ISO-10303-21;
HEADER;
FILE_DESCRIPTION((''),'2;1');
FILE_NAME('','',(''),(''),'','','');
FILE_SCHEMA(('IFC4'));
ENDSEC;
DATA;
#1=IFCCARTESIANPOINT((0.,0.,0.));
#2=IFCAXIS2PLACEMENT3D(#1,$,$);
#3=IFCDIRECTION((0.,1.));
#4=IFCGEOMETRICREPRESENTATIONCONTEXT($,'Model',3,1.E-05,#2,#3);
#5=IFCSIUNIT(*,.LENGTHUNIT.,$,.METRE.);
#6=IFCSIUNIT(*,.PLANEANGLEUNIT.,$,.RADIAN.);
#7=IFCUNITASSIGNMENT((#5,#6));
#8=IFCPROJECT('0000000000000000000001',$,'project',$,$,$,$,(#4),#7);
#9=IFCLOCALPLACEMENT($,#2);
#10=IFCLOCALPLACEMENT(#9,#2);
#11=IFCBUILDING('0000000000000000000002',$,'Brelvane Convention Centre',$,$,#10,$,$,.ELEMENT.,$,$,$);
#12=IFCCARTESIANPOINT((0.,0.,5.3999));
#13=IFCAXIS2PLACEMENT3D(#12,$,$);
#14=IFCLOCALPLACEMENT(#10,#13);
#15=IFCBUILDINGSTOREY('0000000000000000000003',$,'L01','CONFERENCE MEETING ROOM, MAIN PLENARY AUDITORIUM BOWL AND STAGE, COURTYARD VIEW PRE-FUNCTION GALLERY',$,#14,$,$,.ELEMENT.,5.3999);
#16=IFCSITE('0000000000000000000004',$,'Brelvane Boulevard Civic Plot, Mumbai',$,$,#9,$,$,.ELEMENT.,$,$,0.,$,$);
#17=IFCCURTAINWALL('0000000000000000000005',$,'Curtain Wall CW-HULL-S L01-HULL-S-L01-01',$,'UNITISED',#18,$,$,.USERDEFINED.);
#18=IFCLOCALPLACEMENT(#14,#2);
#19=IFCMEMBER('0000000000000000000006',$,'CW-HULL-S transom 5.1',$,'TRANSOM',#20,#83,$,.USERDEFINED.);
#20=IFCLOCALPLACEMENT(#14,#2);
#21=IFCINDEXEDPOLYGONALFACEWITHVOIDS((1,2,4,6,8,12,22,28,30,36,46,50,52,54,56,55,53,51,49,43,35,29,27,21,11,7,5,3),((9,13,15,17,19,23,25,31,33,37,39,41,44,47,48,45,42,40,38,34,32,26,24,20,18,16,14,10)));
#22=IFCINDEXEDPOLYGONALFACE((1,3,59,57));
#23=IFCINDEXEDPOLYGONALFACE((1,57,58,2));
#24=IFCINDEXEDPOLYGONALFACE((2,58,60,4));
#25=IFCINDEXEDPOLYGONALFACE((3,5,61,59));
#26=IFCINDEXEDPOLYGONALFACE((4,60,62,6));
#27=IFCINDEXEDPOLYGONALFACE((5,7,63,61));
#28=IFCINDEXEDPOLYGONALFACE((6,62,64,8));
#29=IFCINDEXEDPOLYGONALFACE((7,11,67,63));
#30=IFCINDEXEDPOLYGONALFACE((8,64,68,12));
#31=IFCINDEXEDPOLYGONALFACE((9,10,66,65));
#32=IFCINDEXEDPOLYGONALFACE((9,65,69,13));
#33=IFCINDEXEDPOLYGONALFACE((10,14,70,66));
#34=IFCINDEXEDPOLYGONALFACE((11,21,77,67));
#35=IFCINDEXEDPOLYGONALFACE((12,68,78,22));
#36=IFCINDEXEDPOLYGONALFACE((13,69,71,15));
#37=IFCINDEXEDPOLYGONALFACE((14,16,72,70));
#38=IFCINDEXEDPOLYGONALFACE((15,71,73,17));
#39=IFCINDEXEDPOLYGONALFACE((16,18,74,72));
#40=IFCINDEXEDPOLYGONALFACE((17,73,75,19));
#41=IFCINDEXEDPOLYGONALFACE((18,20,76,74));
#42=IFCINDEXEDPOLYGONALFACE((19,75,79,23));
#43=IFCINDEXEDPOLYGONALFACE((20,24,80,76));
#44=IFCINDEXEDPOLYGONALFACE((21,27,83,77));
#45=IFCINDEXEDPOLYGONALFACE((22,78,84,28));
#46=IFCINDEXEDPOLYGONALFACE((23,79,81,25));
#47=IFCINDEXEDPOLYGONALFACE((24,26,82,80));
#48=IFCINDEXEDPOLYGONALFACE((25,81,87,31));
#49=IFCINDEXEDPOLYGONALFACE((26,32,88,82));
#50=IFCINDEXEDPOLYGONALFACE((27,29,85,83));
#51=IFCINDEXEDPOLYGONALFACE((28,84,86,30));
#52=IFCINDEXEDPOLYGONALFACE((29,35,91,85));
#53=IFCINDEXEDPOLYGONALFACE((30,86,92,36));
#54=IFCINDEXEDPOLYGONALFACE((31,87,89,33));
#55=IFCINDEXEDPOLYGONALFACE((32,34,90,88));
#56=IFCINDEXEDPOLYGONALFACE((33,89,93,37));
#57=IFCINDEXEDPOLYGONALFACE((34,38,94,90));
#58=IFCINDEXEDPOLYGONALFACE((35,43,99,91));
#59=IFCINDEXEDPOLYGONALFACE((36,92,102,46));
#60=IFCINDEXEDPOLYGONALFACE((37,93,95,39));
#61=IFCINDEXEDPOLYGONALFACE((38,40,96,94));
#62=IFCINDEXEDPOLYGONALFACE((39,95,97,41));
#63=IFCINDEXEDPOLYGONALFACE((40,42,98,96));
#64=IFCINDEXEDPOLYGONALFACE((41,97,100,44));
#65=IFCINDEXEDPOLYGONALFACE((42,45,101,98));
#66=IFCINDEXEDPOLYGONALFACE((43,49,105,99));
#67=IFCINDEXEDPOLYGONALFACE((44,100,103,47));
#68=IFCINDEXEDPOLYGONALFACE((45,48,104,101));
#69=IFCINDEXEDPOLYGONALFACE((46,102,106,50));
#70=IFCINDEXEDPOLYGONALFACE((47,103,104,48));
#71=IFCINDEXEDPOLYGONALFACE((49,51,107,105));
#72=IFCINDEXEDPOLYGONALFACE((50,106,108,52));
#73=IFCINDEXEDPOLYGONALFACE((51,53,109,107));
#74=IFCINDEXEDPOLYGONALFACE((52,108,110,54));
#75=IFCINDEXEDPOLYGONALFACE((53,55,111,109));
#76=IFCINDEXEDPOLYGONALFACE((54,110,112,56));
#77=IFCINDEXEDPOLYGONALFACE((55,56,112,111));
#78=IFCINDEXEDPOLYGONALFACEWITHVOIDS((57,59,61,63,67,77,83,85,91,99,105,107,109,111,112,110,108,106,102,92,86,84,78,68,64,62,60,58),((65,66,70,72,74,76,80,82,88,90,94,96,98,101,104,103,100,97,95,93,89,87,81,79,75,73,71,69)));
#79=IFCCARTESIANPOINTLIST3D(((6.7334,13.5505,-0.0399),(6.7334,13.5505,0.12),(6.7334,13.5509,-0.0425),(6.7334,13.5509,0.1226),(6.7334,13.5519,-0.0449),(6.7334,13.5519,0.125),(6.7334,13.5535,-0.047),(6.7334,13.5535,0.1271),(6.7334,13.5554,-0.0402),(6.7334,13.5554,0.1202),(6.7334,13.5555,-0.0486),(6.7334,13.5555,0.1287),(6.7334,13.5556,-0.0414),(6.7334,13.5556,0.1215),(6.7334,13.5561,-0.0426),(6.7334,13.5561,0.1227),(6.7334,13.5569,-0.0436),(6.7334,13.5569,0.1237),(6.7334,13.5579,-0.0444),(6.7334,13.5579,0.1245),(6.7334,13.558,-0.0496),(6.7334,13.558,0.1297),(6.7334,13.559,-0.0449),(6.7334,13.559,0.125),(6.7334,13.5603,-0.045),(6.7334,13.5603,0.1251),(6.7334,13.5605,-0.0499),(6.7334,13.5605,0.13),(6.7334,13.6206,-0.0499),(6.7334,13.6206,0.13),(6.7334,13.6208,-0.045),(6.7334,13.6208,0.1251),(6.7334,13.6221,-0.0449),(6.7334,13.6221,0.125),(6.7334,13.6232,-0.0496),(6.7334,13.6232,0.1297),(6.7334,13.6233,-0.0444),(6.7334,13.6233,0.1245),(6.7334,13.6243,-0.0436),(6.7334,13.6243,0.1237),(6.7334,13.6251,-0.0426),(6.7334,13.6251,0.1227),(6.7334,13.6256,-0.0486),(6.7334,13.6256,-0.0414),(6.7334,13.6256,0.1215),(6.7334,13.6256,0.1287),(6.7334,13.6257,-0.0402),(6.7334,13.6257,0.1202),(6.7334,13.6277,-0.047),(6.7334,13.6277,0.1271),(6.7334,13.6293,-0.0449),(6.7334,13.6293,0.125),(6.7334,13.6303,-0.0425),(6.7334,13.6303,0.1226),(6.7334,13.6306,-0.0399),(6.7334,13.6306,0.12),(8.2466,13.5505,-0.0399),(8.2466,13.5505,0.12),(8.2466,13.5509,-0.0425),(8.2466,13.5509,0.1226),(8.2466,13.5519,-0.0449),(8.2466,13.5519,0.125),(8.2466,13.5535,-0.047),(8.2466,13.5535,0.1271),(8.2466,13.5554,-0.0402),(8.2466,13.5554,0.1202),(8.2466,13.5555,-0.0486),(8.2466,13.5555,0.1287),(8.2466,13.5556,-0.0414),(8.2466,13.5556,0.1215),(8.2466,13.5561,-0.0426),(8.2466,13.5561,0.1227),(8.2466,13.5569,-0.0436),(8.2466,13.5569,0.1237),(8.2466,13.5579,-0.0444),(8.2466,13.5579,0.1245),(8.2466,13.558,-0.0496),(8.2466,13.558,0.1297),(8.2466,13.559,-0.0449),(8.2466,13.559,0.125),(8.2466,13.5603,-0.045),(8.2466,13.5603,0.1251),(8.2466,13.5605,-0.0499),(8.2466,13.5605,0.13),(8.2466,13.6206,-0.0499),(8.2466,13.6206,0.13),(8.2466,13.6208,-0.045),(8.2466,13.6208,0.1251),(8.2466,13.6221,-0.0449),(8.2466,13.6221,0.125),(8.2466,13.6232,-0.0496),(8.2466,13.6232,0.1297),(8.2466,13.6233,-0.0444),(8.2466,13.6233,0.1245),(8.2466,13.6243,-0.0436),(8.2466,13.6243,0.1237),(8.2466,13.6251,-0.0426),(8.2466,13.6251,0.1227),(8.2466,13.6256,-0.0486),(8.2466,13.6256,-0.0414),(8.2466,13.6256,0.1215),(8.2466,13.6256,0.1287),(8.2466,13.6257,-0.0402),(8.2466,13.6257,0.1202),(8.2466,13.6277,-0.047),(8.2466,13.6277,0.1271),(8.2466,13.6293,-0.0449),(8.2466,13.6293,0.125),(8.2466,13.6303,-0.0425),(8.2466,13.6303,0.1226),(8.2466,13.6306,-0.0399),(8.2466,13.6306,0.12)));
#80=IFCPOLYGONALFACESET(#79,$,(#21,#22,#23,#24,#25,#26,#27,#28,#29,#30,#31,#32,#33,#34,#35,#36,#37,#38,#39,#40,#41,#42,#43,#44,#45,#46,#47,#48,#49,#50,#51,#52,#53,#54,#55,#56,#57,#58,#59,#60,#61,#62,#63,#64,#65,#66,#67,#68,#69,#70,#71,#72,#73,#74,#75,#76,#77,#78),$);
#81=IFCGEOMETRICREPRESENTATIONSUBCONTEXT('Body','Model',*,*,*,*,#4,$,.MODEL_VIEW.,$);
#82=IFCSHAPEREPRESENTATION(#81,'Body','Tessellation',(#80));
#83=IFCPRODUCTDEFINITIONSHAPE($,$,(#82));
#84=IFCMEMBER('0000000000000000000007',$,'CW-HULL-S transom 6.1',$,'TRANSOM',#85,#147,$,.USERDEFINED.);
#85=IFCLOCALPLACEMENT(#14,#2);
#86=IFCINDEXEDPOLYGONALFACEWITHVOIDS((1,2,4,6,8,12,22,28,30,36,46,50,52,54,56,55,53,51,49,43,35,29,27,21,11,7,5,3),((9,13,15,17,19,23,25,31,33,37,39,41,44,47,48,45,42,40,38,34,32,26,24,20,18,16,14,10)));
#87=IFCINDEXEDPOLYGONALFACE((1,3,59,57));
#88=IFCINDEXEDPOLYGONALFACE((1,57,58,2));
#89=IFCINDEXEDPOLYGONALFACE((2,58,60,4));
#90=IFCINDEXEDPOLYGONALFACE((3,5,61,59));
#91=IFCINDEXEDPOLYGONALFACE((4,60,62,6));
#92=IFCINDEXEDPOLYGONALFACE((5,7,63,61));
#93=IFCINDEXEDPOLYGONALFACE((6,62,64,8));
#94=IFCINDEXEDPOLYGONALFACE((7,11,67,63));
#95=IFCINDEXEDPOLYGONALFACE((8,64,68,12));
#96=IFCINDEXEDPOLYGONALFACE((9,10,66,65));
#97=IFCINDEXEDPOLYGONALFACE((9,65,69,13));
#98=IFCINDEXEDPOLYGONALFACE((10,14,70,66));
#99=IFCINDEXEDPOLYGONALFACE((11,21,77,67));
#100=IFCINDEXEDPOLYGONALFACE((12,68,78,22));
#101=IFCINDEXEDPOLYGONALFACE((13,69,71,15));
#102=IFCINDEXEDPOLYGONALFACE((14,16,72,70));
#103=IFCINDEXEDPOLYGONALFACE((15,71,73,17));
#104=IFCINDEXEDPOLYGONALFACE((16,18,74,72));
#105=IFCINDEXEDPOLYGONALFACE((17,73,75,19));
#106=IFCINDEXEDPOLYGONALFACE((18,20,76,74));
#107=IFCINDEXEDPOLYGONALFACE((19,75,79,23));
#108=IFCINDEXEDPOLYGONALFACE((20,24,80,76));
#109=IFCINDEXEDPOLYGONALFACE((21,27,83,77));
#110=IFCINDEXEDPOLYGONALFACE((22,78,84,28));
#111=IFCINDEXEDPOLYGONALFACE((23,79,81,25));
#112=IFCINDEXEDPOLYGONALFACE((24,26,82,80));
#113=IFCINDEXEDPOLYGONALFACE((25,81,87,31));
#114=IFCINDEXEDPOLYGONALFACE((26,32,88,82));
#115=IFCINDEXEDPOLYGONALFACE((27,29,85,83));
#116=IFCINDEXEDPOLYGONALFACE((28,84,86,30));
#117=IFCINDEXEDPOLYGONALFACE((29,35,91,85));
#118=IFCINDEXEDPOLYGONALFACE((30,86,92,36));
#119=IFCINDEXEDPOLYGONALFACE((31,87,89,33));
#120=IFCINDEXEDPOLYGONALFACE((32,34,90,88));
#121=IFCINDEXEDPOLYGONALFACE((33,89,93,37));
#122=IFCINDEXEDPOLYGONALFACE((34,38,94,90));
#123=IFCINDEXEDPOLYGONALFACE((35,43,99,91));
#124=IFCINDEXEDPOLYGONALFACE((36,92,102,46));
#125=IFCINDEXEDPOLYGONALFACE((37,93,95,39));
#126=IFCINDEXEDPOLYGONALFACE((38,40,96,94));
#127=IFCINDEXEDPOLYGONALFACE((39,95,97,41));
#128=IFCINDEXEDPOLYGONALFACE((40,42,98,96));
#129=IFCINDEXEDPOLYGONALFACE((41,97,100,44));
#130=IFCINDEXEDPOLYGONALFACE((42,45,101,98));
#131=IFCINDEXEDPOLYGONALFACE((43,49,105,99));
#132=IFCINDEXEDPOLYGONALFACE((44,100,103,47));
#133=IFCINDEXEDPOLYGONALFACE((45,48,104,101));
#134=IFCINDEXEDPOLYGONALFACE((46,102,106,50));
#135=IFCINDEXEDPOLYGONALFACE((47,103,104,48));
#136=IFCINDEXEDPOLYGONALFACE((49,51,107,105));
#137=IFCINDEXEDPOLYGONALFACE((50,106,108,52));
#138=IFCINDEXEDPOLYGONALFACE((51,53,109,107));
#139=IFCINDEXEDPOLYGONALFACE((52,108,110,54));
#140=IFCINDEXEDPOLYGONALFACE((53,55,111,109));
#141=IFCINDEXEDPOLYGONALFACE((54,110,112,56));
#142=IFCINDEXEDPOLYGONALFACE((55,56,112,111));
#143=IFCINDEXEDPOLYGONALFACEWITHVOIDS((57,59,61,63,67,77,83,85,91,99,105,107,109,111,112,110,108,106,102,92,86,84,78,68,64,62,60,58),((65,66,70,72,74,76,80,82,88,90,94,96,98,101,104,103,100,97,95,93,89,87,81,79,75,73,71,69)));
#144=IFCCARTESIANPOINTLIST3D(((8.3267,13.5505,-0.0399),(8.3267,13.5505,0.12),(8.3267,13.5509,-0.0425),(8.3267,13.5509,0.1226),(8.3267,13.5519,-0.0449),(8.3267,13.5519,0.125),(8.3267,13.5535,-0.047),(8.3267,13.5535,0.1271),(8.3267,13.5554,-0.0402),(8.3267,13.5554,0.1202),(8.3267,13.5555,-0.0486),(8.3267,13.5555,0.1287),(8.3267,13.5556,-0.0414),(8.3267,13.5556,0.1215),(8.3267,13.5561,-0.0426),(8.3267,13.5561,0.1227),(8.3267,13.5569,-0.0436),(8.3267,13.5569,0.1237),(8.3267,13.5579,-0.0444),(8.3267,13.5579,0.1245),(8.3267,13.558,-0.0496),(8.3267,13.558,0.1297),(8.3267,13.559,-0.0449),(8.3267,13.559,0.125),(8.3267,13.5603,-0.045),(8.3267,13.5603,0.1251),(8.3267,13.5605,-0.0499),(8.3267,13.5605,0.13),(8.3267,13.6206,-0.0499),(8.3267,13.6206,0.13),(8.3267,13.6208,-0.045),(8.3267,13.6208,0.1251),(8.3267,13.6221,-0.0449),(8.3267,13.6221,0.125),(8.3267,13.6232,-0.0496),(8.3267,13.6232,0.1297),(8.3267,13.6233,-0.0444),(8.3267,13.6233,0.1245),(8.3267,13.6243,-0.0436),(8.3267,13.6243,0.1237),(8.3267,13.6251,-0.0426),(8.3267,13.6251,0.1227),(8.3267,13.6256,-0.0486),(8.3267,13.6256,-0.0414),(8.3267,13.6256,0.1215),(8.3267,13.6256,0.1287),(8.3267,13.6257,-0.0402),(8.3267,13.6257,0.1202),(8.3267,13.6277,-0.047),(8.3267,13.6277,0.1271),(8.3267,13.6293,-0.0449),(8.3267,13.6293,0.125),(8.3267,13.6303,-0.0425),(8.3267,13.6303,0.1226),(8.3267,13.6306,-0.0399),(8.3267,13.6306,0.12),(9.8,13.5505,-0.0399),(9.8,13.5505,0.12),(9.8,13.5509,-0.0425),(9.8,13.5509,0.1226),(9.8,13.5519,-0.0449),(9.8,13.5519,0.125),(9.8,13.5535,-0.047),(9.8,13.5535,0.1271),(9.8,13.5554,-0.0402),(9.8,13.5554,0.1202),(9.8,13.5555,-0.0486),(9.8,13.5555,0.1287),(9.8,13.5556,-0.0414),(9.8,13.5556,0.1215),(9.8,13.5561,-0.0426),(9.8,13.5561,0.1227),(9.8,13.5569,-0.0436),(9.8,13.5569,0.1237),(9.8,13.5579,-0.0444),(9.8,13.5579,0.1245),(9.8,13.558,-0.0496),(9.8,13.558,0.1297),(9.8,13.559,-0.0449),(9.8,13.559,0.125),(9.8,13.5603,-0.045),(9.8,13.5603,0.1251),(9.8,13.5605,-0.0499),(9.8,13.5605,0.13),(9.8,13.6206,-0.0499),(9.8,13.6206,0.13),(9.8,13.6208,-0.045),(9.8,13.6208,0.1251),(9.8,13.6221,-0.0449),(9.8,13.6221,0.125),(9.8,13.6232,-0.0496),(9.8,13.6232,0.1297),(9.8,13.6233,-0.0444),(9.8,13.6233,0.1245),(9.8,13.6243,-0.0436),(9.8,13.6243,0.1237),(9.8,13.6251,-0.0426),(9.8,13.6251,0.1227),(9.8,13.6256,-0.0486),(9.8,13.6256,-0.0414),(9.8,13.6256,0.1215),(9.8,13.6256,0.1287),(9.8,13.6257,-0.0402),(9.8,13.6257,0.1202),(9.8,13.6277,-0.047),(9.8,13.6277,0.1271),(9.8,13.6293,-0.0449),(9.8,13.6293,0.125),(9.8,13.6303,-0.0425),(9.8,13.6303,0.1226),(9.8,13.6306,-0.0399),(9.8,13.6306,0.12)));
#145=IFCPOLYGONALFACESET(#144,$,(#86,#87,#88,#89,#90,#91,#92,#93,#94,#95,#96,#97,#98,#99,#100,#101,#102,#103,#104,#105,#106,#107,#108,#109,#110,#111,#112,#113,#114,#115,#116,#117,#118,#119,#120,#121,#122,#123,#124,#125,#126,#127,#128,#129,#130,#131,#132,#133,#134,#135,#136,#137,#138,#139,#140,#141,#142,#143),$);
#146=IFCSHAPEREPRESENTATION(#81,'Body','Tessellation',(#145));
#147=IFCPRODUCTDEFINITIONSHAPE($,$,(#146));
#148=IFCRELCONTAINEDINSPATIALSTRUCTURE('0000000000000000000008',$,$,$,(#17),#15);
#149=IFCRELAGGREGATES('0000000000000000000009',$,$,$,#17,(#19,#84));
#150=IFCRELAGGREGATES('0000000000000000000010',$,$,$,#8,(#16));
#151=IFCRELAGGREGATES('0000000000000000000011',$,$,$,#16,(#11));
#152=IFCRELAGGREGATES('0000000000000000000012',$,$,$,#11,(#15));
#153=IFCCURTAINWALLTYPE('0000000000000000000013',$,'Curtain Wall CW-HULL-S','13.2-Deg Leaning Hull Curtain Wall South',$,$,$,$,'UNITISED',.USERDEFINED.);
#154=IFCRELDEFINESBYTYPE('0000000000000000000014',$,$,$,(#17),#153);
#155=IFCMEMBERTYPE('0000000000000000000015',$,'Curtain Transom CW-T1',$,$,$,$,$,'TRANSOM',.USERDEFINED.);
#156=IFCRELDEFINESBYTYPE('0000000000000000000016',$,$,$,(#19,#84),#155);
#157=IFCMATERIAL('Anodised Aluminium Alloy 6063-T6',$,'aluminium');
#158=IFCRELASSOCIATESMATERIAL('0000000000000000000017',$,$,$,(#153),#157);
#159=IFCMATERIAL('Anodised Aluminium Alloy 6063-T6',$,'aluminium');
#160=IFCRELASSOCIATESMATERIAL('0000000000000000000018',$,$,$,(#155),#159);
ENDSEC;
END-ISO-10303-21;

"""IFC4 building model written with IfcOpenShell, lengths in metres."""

from ifc_helpers import new_model, si_unit, direction, frame, origin, origin_2d, place, context, subcontext, project, spatial, hollow_rectangle, extrude, material, material_profile, profile_set, type_object, element, aggregate, save


model = new_model("IFC4")

# Units and contexts
model_context = context("Model", 3, precision=1e-05, world=origin(), true_north=direction((0.0, 1.0)))
body_context = subcontext(model_context, "Body", "Model", "MODEL_VIEW")
ifc_project = project(units=[si_unit("LENGTHUNIT", "METRE"), si_unit("PLANEANGLEUNIT", "RADIAN")], contexts=[model_context])

# Site, building, storey
site_placement = place(None, origin())
site = spatial("IfcSite", under=ifc_project, at=site_placement, Name="Brelvane Boulevard Civic Plot, Mumbai", CompositionType="ELEMENT", RefElevation=0.0)
building_placement = place(site_placement, origin())
building = spatial("IfcBuilding", under=site, at=building_placement, Name="Brelvane Convention Centre", CompositionType="ELEMENT")
storey_placement = place(building_placement, frame((0.0, 0.0, 5.3999)))
storey = spatial("IfcBuildingStorey", under=building, at=storey_placement, Name="L01", Description="CONFERENCE MEETING ROOM, MAIN PLENARY AUDITORIUM BOWL AND STAGE, COURTYARD VIEW PRE-FUNCTION GALLERY", CompositionType="ELEMENT", Elevation=5.3999)

# Curtain wall
ifc_material_1 = material(Name="Anodised Aluminium Alloy 6063-T6", Category="aluminium")
curtain_wall_type = type_object("IfcCurtainWallType", Name="Curtain Wall CW-HULL-S", Description="13.2-Deg Leaning Hull Curtain Wall South", ElementType="UNITISED", PredefinedType="USERDEFINED", material=ifc_material_1)
curtain_wall_1_placement = place(storey_placement, origin())
curtain_wall_1 = element("IfcCurtainWall", 1, at=curtain_wall_1_placement, inside=storey, type_object=curtain_wall_type, Name="Curtain Wall CW-HULL-S L01-HULL-S-L01-01", ObjectType="UNITISED", PredefinedType="USERDEFINED")

# Members
ifc_material_2 = material(Name="Anodised Aluminium Alloy 6063-T6", Category="aluminium")
ifc_material_profile_1 = material_profile(ifc_material_2, hollow_rectangle(XDim=0.0801, YDim=0.1799, WallThickness=0.0049, InnerFilletRadius=0.0049, OuterFilletRadius=0.01, at=origin_2d()), Name="ALU-T 180x80x5.0")
ifc_profile_set_1 = profile_set([ifc_material_profile_1], Name="Anodised Aluminium Alloy 6063-T6")
member_type_1 = type_object("IfcMemberType", Name="Curtain Transom CW-T1", ElementType="TRANSOM", PredefinedType="USERDEFINED", material=ifc_profile_set_1)
member_1_placement = place(storey_placement, frame((6.7334, 13.5906, 0.04), z_axis=(1.0, 0.0, 0.0), x_axis=(0.0, 1.0, 0.0)))
member_1 = element("IfcMember", 2, at=member_1_placement, type_object=member_type_1, Name="CW-HULL-S transom 5.1", ObjectType="TRANSOM", PredefinedType="USERDEFINED", context=body_context, shape_type="SweptSolid", body=[
    extrude(hollow_rectangle(XDim=0.0801, YDim=0.1799, WallThickness=0.0049, InnerFilletRadius=0.0049, OuterFilletRadius=0.01, at=origin_2d()), origin(), (0.0, 0.0, 1.0), 1.5132),
])
member_2_placement = place(storey_placement, frame((8.3267, 13.5906, 0.04), z_axis=(1.0, 0.0, 0.0), x_axis=(0.0, 1.0, 0.0)))
member_2 = element("IfcMember", 3, at=member_2_placement, type_object=member_type_1, Name="CW-HULL-S transom 6.1", ObjectType="TRANSOM", PredefinedType="USERDEFINED", context=body_context, shape_type="SweptSolid", body=[
    extrude(hollow_rectangle(XDim=0.0801, YDim=0.1799, WallThickness=0.0049, InnerFilletRadius=0.0049, OuterFilletRadius=0.01, at=origin_2d()), origin(), (0.0, 0.0, 1.0), 1.4734),
])
aggregate(curtain_wall_1, [member_1, member_2])

save(model, "model.ifc")
